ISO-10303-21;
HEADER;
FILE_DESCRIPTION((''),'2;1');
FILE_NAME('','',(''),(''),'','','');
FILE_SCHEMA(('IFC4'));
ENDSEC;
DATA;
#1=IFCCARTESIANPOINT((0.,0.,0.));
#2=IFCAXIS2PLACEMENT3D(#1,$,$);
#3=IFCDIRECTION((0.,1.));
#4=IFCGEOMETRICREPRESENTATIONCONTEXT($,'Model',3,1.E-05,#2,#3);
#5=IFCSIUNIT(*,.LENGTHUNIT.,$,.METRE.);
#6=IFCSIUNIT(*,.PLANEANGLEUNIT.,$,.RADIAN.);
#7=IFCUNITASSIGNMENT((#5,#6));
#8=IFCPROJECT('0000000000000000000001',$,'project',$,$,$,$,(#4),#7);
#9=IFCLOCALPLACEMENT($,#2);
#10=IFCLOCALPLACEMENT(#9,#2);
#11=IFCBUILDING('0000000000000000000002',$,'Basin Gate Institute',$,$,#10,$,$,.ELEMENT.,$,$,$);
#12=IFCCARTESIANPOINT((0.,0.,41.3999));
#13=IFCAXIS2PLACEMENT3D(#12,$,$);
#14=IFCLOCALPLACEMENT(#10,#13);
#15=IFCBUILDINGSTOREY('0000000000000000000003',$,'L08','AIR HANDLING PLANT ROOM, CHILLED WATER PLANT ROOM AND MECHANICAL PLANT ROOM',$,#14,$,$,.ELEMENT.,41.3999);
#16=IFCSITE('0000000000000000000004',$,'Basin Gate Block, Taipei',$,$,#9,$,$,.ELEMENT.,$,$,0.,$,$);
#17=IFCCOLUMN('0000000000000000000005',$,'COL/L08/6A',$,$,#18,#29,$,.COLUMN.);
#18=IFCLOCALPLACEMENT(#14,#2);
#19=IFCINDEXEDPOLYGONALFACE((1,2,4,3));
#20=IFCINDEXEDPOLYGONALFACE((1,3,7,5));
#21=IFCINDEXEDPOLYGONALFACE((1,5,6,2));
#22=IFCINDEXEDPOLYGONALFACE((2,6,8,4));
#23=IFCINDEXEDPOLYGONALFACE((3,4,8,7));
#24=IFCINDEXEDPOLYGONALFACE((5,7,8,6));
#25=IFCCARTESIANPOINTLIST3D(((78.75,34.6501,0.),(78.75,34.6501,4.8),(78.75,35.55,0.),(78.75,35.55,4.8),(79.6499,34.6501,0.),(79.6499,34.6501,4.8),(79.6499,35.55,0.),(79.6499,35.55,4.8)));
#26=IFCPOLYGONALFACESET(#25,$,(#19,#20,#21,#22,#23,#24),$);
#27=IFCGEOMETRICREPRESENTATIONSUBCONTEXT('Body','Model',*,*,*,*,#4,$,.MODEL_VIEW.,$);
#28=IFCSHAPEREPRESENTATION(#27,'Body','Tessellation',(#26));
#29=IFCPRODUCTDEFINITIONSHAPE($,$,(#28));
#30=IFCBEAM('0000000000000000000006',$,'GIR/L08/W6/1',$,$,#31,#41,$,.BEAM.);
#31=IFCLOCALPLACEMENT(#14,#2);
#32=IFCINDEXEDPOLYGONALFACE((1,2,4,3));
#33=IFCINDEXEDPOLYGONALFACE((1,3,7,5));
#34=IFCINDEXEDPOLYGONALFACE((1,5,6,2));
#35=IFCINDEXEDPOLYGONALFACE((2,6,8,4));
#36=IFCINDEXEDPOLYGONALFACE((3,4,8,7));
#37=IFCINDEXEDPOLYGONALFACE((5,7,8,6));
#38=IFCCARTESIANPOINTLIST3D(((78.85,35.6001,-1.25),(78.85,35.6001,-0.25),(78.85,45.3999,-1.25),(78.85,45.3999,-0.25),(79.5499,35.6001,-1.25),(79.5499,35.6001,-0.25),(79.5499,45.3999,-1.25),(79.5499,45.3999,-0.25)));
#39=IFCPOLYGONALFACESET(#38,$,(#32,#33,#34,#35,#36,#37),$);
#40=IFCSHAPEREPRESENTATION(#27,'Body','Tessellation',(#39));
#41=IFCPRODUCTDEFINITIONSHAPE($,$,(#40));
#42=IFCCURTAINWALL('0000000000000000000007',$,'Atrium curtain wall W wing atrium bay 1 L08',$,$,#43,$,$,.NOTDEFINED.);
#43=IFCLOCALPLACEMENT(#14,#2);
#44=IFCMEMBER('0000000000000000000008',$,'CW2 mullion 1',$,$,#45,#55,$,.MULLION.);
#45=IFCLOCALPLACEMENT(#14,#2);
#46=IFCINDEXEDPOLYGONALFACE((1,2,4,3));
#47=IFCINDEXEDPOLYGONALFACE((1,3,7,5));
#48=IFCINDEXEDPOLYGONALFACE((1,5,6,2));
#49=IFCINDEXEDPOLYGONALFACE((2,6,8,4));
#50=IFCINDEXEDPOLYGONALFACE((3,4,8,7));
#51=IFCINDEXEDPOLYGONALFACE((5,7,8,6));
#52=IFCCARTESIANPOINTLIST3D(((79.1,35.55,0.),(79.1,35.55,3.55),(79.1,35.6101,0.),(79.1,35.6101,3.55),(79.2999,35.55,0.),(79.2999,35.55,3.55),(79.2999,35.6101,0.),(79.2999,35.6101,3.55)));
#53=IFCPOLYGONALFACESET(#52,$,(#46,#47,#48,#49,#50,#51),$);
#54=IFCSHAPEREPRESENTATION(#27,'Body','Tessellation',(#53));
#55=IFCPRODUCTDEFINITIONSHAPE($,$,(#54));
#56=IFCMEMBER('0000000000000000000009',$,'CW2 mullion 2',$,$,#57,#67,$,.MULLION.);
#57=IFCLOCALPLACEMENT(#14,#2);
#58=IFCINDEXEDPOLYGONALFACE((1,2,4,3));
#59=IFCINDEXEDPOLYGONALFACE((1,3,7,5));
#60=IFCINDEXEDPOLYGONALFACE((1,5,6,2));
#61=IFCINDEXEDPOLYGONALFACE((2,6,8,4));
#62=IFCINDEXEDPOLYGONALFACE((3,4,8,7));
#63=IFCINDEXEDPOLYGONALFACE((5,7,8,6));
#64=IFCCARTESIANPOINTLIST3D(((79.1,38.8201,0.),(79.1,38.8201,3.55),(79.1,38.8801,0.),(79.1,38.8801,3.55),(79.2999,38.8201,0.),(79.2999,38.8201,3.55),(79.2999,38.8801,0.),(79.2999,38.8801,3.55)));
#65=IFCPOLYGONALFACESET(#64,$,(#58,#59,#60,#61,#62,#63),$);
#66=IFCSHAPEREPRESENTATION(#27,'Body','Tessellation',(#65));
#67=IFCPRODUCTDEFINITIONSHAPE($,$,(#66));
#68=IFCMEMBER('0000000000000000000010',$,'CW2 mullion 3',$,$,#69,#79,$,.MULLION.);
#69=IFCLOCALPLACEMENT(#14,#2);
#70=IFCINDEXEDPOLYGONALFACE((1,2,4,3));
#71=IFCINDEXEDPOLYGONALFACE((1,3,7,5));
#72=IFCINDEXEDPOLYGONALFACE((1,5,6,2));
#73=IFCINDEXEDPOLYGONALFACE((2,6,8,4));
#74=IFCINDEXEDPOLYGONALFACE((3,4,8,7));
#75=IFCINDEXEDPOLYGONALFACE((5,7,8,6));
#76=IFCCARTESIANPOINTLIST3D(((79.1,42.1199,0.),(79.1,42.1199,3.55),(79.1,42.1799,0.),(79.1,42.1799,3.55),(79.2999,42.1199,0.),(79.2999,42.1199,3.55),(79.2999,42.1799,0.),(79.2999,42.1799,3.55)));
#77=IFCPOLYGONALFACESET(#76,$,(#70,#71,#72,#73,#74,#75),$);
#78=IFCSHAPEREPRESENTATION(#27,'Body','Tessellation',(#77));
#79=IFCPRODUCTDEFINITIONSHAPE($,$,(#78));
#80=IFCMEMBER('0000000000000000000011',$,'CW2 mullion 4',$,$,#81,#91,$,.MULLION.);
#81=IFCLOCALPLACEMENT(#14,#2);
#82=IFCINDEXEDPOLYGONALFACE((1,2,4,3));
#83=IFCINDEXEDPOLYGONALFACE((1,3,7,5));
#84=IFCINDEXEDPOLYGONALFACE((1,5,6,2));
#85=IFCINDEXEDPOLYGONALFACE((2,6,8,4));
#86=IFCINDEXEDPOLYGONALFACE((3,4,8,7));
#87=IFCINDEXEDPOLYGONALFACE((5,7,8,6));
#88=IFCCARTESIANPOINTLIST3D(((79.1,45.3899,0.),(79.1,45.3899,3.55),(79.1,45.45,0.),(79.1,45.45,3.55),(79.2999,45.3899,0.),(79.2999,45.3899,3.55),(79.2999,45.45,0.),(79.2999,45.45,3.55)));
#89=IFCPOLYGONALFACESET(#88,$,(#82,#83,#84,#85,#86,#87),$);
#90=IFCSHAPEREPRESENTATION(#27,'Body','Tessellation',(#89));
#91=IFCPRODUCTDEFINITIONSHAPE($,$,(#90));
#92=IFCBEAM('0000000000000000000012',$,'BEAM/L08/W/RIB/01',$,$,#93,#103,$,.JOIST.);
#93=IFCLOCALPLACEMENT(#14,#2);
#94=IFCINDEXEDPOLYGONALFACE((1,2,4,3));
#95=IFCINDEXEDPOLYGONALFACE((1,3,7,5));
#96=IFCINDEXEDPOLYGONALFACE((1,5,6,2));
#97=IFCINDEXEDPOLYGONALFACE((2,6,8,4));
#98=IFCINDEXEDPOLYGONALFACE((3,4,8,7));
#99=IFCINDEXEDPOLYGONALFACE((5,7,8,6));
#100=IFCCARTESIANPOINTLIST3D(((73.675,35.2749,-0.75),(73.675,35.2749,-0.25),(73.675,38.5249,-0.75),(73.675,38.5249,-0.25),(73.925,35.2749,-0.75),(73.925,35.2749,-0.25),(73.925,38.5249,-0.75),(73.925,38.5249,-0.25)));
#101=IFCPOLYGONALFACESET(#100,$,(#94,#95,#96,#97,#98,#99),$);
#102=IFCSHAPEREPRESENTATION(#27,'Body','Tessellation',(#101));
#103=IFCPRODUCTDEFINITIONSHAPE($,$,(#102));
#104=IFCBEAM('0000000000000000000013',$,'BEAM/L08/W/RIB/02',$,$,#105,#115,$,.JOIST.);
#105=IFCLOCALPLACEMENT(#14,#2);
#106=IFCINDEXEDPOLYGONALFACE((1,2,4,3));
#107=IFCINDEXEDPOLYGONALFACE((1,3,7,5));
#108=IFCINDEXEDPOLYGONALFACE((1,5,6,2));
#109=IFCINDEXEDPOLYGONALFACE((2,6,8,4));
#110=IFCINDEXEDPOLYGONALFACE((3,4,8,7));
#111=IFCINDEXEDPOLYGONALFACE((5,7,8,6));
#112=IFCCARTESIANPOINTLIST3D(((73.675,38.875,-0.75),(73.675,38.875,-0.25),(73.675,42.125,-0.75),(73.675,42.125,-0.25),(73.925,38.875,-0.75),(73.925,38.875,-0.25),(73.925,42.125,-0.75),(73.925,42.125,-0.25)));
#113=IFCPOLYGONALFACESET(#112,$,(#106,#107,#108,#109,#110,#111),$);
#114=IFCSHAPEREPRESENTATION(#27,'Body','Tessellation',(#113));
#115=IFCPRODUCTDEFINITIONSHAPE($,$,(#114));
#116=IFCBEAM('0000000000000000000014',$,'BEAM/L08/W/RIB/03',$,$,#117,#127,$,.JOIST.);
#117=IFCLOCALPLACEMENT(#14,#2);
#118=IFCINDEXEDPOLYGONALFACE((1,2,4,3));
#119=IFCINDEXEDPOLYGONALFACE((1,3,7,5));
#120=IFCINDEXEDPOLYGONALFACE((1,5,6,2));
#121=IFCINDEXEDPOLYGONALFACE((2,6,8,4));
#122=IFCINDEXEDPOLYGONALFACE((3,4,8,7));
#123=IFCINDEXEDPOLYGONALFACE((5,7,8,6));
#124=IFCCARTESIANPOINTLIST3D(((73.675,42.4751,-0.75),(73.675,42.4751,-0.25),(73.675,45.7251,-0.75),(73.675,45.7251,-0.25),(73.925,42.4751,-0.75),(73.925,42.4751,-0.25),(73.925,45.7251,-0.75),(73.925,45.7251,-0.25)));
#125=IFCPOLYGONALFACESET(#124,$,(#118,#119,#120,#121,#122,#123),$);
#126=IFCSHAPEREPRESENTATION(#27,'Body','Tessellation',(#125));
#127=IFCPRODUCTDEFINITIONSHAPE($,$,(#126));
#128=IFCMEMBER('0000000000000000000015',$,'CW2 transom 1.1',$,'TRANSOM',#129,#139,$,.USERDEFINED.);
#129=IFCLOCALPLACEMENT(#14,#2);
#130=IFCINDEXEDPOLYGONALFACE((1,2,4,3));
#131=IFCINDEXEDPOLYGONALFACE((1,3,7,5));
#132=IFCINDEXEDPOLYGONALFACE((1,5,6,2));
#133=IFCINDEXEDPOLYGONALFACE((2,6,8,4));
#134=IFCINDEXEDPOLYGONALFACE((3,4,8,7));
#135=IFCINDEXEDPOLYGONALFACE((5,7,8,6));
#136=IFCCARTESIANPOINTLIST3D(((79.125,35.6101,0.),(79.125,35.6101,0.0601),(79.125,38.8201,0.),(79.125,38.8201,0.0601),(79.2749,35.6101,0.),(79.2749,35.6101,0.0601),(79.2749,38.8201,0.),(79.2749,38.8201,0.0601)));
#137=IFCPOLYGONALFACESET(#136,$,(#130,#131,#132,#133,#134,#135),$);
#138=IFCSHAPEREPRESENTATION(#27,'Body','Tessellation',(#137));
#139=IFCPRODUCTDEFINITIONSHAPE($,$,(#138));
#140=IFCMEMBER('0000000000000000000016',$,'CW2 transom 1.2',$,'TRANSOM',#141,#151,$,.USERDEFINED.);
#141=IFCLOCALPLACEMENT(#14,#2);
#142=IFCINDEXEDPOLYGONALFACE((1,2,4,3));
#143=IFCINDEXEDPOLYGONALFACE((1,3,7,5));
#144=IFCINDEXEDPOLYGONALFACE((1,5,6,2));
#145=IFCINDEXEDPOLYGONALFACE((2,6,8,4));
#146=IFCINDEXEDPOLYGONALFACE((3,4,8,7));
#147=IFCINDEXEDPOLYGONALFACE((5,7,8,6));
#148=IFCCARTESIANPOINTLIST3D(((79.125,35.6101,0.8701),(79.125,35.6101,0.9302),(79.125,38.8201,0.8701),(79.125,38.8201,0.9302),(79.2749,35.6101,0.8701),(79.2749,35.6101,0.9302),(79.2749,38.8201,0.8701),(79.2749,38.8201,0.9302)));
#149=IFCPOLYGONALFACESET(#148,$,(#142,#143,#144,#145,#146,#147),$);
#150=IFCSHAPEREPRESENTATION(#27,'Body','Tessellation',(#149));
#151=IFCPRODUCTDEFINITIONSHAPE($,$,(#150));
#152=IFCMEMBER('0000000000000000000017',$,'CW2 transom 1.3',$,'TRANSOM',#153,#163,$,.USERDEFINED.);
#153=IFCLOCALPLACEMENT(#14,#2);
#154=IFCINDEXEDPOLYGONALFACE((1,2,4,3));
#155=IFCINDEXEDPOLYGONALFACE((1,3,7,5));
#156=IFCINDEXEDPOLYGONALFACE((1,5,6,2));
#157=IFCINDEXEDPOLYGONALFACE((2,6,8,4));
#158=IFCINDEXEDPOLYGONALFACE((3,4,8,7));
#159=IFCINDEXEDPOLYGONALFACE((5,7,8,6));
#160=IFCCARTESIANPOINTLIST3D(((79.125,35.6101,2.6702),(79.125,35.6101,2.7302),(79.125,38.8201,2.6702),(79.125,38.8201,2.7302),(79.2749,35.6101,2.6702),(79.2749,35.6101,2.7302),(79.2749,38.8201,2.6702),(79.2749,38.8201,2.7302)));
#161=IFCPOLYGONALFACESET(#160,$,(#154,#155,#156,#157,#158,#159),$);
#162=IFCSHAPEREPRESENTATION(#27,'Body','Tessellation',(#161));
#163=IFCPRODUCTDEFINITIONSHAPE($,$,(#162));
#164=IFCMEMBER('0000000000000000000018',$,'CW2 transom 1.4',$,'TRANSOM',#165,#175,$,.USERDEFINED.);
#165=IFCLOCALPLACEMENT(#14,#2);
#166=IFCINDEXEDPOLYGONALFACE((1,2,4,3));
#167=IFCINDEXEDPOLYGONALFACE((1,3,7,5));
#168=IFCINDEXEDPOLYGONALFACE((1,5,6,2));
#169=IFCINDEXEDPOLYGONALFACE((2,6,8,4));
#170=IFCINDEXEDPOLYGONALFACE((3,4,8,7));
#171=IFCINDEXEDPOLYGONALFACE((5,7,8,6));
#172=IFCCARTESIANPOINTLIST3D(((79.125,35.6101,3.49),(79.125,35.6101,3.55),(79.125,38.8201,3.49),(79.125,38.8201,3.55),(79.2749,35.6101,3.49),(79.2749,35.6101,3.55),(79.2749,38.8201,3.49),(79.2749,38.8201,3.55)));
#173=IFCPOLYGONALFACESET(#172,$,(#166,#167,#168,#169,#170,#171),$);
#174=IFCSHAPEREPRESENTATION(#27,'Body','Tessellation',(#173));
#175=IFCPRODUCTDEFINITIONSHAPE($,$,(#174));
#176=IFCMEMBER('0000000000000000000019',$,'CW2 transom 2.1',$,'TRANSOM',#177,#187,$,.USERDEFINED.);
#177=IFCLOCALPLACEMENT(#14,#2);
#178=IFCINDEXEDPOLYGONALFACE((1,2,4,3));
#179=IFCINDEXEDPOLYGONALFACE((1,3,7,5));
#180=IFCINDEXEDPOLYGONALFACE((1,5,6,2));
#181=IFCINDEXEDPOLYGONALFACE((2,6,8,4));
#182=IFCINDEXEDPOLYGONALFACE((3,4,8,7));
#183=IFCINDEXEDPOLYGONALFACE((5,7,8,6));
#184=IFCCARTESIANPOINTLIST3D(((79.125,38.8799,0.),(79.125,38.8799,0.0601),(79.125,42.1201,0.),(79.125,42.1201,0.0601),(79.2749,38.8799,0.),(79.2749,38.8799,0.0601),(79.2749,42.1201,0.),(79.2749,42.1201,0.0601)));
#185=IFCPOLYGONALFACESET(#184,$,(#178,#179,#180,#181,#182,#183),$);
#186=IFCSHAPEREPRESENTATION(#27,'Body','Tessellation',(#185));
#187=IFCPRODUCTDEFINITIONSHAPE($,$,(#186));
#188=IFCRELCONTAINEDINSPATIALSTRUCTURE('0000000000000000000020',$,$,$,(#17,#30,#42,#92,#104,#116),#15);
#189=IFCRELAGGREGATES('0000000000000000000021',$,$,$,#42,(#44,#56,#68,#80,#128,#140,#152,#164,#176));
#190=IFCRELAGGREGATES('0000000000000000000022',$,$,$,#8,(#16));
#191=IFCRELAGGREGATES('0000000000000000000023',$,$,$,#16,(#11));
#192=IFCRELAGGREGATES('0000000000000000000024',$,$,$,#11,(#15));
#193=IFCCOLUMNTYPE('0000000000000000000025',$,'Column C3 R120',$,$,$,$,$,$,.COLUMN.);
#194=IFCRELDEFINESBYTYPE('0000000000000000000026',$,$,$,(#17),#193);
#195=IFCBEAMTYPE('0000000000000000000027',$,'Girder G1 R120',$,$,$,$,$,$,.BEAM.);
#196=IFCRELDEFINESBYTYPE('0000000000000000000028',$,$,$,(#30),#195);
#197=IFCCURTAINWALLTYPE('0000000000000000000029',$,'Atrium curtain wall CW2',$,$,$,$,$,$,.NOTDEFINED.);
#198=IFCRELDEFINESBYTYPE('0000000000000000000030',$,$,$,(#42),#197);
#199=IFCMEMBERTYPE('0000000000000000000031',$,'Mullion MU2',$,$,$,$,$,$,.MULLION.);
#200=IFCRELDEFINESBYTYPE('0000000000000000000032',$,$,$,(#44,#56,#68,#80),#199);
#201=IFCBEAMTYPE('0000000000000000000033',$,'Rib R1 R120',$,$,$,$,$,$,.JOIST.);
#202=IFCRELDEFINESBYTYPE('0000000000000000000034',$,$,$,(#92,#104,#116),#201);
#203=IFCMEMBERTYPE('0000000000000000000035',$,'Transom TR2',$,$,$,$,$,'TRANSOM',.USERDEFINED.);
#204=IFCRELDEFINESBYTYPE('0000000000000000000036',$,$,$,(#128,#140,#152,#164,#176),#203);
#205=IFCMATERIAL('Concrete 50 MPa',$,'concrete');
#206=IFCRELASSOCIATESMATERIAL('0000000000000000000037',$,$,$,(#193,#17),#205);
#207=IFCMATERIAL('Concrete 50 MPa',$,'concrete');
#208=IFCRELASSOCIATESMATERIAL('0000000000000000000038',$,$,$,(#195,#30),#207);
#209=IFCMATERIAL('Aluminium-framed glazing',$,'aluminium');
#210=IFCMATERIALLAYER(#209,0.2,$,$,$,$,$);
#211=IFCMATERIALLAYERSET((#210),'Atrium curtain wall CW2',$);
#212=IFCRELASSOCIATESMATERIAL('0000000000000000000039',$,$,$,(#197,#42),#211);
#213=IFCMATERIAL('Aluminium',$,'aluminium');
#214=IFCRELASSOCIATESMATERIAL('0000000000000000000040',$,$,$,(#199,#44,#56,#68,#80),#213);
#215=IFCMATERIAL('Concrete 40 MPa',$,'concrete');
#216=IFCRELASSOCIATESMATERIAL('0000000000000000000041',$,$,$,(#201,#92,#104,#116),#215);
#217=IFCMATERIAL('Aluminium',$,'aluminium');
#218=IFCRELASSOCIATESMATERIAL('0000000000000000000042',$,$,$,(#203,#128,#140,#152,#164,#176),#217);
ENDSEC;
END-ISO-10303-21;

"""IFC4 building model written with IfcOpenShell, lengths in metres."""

from ifc_helpers import new_model, si_unit, direction, frame, origin, origin_2d, place, context, subcontext, project, spatial, rectangle, extrude, material, layer, layer_set, material_profile, profile_set, type_object, element, aggregate, save


model = new_model("IFC4")

# Units and contexts
model_context = context("Model", 3, precision=1e-05, world=origin(), true_north=direction((0.0, 1.0)))
body_context = subcontext(model_context, "Body", "Model", "MODEL_VIEW")
ifc_project = project(units=[si_unit("LENGTHUNIT", "METRE"), si_unit("PLANEANGLEUNIT", "RADIAN")], contexts=[model_context])

# Site, building, storey
site_placement = place(None, origin())
site = spatial("IfcSite", under=ifc_project, at=site_placement, Name="Basin Gate Block, Taipei", CompositionType="ELEMENT", RefElevation=0.0)
building_placement = place(site_placement, origin())
building = spatial("IfcBuilding", under=site, at=building_placement, Name="Basin Gate Institute", CompositionType="ELEMENT")
storey_placement = place(building_placement, frame((0.0, 0.0, 41.3999)))
storey = spatial("IfcBuildingStorey", under=building, at=storey_placement, Name="L08", Description="AIR HANDLING PLANT ROOM, CHILLED WATER PLANT ROOM AND MECHANICAL PLANT ROOM", CompositionType="ELEMENT", Elevation=41.3999)

# Column
ifc_material_1 = material(Name="Concrete 50 MPa", Category="concrete")
ifc_material_profile_1 = material_profile(ifc_material_1, rectangle(XDim=0.8999, YDim=0.8999, at=origin_2d()), Name="Column C3 900 x 900")
ifc_profile_set_1 = profile_set([ifc_material_profile_1], Name="Concrete 50 MPa")
column_type = type_object("IfcColumnType", Name="Column C3 R120", PredefinedType="COLUMN", material=ifc_profile_set_1)
column_placement = place(storey_placement, frame((79.2, 35.1001, 0.0), z_axis=(0.0, 0.0, 1.0), x_axis=(1.0, 0.0, 0.0)))
element("IfcColumn", 1, at=column_placement, inside=storey, type_object=column_type, material=ifc_profile_set_1, Name="COL/L08/6A", PredefinedType="COLUMN", context=body_context, shape_type="SweptSolid", body=[
    extrude(rectangle(XDim=0.8999, YDim=0.8999, at=origin_2d()), origin(), (0.0, 0.0, 1.0), 4.8),
])

# Beam
ifc_material_2 = material(Name="Concrete 50 MPa", Category="concrete")
ifc_material_profile_2 = material_profile(ifc_material_2, rectangle(XDim=0.7, YDim=1.0, at=origin_2d()), Name="Girder G1 700 x 1000")
ifc_profile_set_2 = profile_set([ifc_material_profile_2], Name="Concrete 50 MPa")
beam_type_1 = type_object("IfcBeamType", Name="Girder G1 R120", PredefinedType="BEAM", material=ifc_profile_set_2)
beam_placement = place(storey_placement, frame((79.2, 35.6001, -0.75), z_axis=(0.0, 1.0, 0.0), x_axis=(-1.0, 0.0, 0.0)))
element("IfcBeam", 2, at=beam_placement, inside=storey, type_object=beam_type_1, material=ifc_profile_set_2, Name="GIR/L08/W6/1", PredefinedType="BEAM", context=body_context, shape_type="SweptSolid", body=[
    extrude(rectangle(XDim=0.7, YDim=1.0, at=origin_2d()), origin(), (0.0, 0.0, 1.0), 9.7998),
])

# Curtain wall, members
ifc_material_3 = material(Name="Aluminium-framed glazing", Category="aluminium")
ifc_layer_1 = layer(ifc_material_3, 0.2)
ifc_layer_set_1 = layer_set([ifc_layer_1], Name="Atrium curtain wall CW2")
curtain_wall_type = type_object("IfcCurtainWallType", Name="Atrium curtain wall CW2", PredefinedType="NOTDEFINED", material=ifc_layer_set_1)
curtain_wall_placement = place(storey_placement, origin())
curtain_wall = element("IfcCurtainWall", 3, at=curtain_wall_placement, inside=storey, type_object=curtain_wall_type, material=ifc_layer_set_1, Name="Atrium curtain wall W wing atrium bay 1 L08", PredefinedType="NOTDEFINED")
ifc_material_4 = material(Name="Aluminium", Category="aluminium")
ifc_material_profile_3 = material_profile(ifc_material_4, rectangle(XDim=0.2, YDim=0.0601, at=origin_2d()), Name="Mullion MU2 200 x 60")
ifc_profile_set_3 = profile_set([ifc_material_profile_3], Name="Aluminium")
member_type_1 = type_object("IfcMemberType", Name="Mullion MU2", PredefinedType="MULLION", material=ifc_profile_set_3)
member_1_placement = place(storey_placement, frame((79.2, 35.5801, 0.0), z_axis=(0.0, 0.0, 1.0), x_axis=(-1.0, 0.0, 0.0)))
member_1 = element("IfcMember", 4, at=member_1_placement, type_object=member_type_1, material=ifc_profile_set_3, Name="CW2 mullion 1", PredefinedType="MULLION", context=body_context, shape_type="SweptSolid", body=[
    extrude(rectangle(XDim=0.2, YDim=0.0601, at=origin_2d()), origin(), (0.0, 0.0, 1.0), 3.55),
])
member_2_placement = place(storey_placement, frame((79.2, 38.8501, 0.0), z_axis=(0.0, 0.0, 1.0), x_axis=(-1.0, 0.0, 0.0)))
member_2 = element("IfcMember", 5, at=member_2_placement, type_object=member_type_1, material=ifc_profile_set_3, Name="CW2 mullion 2", PredefinedType="MULLION", context=body_context, shape_type="SweptSolid", body=[
    extrude(rectangle(XDim=0.2, YDim=0.0601, at=origin_2d()), origin(), (0.0, 0.0, 1.0), 3.55),
])
member_3_placement = place(storey_placement, frame((79.2, 42.1499, 0.0), z_axis=(0.0, 0.0, 1.0), x_axis=(-1.0, 0.0, 0.0)))
member_3 = element("IfcMember", 6, at=member_3_placement, type_object=member_type_1, material=ifc_profile_set_3, Name="CW2 mullion 3", PredefinedType="MULLION", context=body_context, shape_type="SweptSolid", body=[
    extrude(rectangle(XDim=0.2, YDim=0.0601, at=origin_2d()), origin(), (0.0, 0.0, 1.0), 3.55),
])
member_4_placement = place(storey_placement, frame((79.2, 45.4199, 0.0), z_axis=(0.0, 0.0, 1.0), x_axis=(-1.0, 0.0, 0.0)))
member_4 = element("IfcMember", 7, at=member_4_placement, type_object=member_type_1, material=ifc_profile_set_3, Name="CW2 mullion 4", PredefinedType="MULLION", context=body_context, shape_type="SweptSolid", body=[
    extrude(rectangle(XDim=0.2, YDim=0.0601, at=origin_2d()), origin(), (0.0, 0.0, 1.0), 3.55),
])

# Beams
ifc_material_5 = material(Name="Concrete 40 MPa", Category="concrete")
ifc_material_profile_4 = material_profile(ifc_material_5, rectangle(XDim=0.25, YDim=0.5, at=origin_2d()), Name="Rib R1 250 x 500")
ifc_profile_set_4 = profile_set([ifc_material_profile_4], Name="Concrete 40 MPa")
beam_type_2 = type_object("IfcBeamType", Name="Rib R1 R120", PredefinedType="JOIST", material=ifc_profile_set_4)
for number, where, z_axis, x_axis, name in (
    (8, (73.8, 35.2749, -0.5), (0.0, 1.0, 0.0), (-1.0, 0.0, 0.0), "BEAM/L08/W/RIB/01"),
    (9, (73.8, 38.875, -0.5), (0.0, 1.0, 0.0), (-1.0, 0.0, 0.0), "BEAM/L08/W/RIB/02"),
    (10, (73.8, 42.4751, -0.5), (0.0, 1.0, 0.0), (-1.0, 0.0, 0.0), "BEAM/L08/W/RIB/03"),
):
    element("IfcBeam", number, at=place(storey_placement, frame(where, z_axis=z_axis, x_axis=x_axis)), inside=storey, type_object=beam_type_2, material=ifc_profile_set_4, Name=name, PredefinedType="JOIST", context=body_context, shape_type="SweptSolid", body=[
        extrude(rectangle(XDim=0.25, YDim=0.5, at=origin_2d()), origin(), (0.0, 0.0, 1.0), 3.25),
    ])

# Members
ifc_material_6 = material(Name="Aluminium", Category="aluminium")
ifc_material_profile_5 = material_profile(ifc_material_6, rectangle(XDim=0.1499, YDim=0.0601, at=origin_2d()), Name="Transom TR2 150 x 60")
ifc_profile_set_5 = profile_set([ifc_material_profile_5], Name="Aluminium")
member_type_2 = type_object("IfcMemberType", Name="Transom TR2", ElementType="TRANSOM", PredefinedType="USERDEFINED", material=ifc_profile_set_5)
member_5_placement = place(storey_placement, frame((79.2, 35.6101, 0.03), z_axis=(0.0, 1.0, 0.0), x_axis=(-1.0, 0.0, 0.0)))
member_5 = element("IfcMember", 11, at=member_5_placement, type_object=member_type_2, material=ifc_profile_set_5, Name="CW2 transom 1.1", ObjectType="TRANSOM", PredefinedType="USERDEFINED", context=body_context, shape_type="SweptSolid", body=[
    extrude(rectangle(XDim=0.1499, YDim=0.0601, at=origin_2d()), origin(), (0.0, 0.0, 1.0), 3.21),
])
member_6_placement = place(storey_placement, frame((79.2, 35.6101, 0.9001), z_axis=(0.0, 1.0, 0.0), x_axis=(-1.0, 0.0, 0.0)))
member_6 = element("IfcMember", 12, at=member_6_placement, type_object=member_type_2, material=ifc_profile_set_5, Name="CW2 transom 1.2", ObjectType="TRANSOM", PredefinedType="USERDEFINED", context=body_context, shape_type="SweptSolid", body=[
    extrude(rectangle(XDim=0.1499, YDim=0.0601, at=origin_2d()), origin(), (0.0, 0.0, 1.0), 3.21),
])
member_7_placement = place(storey_placement, frame((79.2, 35.6101, 2.7002), z_axis=(0.0, 1.0, 0.0), x_axis=(-1.0, 0.0, 0.0)))
member_7 = element("IfcMember", 13, at=member_7_placement, type_object=member_type_2, material=ifc_profile_set_5, Name="CW2 transom 1.3", ObjectType="TRANSOM", PredefinedType="USERDEFINED", context=body_context, shape_type="SweptSolid", body=[
    extrude(rectangle(XDim=0.1499, YDim=0.0601, at=origin_2d()), origin(), (0.0, 0.0, 1.0), 3.21),
])
member_8_placement = place(storey_placement, frame((79.2, 35.6101, 3.52), z_axis=(0.0, 1.0, 0.0), x_axis=(-1.0, 0.0, 0.0)))
member_8 = element("IfcMember", 14, at=member_8_placement, type_object=member_type_2, material=ifc_profile_set_5, Name="CW2 transom 1.4", ObjectType="TRANSOM", PredefinedType="USERDEFINED", context=body_context, shape_type="SweptSolid", body=[
    extrude(rectangle(XDim=0.1499, YDim=0.0601, at=origin_2d()), origin(), (0.0, 0.0, 1.0), 3.21),
])
member_9_placement = place(storey_placement, frame((79.2, 38.8799, 0.03), z_axis=(0.0, 1.0, 0.0), x_axis=(-1.0, 0.0, 0.0)))
member_9 = element("IfcMember", 15, at=member_9_placement, type_object=member_type_2, material=ifc_profile_set_5, Name="CW2 transom 2.1", ObjectType="TRANSOM", PredefinedType="USERDEFINED", context=body_context, shape_type="SweptSolid", body=[
    extrude(rectangle(XDim=0.1499, YDim=0.0601, at=origin_2d()), origin(), (0.0, 0.0, 1.0), 3.2402),
])

aggregate(curtain_wall, [member_1, member_2, member_3, member_4, member_5, member_6, member_7, member_8, member_9])

save(model, "model.ifc")
